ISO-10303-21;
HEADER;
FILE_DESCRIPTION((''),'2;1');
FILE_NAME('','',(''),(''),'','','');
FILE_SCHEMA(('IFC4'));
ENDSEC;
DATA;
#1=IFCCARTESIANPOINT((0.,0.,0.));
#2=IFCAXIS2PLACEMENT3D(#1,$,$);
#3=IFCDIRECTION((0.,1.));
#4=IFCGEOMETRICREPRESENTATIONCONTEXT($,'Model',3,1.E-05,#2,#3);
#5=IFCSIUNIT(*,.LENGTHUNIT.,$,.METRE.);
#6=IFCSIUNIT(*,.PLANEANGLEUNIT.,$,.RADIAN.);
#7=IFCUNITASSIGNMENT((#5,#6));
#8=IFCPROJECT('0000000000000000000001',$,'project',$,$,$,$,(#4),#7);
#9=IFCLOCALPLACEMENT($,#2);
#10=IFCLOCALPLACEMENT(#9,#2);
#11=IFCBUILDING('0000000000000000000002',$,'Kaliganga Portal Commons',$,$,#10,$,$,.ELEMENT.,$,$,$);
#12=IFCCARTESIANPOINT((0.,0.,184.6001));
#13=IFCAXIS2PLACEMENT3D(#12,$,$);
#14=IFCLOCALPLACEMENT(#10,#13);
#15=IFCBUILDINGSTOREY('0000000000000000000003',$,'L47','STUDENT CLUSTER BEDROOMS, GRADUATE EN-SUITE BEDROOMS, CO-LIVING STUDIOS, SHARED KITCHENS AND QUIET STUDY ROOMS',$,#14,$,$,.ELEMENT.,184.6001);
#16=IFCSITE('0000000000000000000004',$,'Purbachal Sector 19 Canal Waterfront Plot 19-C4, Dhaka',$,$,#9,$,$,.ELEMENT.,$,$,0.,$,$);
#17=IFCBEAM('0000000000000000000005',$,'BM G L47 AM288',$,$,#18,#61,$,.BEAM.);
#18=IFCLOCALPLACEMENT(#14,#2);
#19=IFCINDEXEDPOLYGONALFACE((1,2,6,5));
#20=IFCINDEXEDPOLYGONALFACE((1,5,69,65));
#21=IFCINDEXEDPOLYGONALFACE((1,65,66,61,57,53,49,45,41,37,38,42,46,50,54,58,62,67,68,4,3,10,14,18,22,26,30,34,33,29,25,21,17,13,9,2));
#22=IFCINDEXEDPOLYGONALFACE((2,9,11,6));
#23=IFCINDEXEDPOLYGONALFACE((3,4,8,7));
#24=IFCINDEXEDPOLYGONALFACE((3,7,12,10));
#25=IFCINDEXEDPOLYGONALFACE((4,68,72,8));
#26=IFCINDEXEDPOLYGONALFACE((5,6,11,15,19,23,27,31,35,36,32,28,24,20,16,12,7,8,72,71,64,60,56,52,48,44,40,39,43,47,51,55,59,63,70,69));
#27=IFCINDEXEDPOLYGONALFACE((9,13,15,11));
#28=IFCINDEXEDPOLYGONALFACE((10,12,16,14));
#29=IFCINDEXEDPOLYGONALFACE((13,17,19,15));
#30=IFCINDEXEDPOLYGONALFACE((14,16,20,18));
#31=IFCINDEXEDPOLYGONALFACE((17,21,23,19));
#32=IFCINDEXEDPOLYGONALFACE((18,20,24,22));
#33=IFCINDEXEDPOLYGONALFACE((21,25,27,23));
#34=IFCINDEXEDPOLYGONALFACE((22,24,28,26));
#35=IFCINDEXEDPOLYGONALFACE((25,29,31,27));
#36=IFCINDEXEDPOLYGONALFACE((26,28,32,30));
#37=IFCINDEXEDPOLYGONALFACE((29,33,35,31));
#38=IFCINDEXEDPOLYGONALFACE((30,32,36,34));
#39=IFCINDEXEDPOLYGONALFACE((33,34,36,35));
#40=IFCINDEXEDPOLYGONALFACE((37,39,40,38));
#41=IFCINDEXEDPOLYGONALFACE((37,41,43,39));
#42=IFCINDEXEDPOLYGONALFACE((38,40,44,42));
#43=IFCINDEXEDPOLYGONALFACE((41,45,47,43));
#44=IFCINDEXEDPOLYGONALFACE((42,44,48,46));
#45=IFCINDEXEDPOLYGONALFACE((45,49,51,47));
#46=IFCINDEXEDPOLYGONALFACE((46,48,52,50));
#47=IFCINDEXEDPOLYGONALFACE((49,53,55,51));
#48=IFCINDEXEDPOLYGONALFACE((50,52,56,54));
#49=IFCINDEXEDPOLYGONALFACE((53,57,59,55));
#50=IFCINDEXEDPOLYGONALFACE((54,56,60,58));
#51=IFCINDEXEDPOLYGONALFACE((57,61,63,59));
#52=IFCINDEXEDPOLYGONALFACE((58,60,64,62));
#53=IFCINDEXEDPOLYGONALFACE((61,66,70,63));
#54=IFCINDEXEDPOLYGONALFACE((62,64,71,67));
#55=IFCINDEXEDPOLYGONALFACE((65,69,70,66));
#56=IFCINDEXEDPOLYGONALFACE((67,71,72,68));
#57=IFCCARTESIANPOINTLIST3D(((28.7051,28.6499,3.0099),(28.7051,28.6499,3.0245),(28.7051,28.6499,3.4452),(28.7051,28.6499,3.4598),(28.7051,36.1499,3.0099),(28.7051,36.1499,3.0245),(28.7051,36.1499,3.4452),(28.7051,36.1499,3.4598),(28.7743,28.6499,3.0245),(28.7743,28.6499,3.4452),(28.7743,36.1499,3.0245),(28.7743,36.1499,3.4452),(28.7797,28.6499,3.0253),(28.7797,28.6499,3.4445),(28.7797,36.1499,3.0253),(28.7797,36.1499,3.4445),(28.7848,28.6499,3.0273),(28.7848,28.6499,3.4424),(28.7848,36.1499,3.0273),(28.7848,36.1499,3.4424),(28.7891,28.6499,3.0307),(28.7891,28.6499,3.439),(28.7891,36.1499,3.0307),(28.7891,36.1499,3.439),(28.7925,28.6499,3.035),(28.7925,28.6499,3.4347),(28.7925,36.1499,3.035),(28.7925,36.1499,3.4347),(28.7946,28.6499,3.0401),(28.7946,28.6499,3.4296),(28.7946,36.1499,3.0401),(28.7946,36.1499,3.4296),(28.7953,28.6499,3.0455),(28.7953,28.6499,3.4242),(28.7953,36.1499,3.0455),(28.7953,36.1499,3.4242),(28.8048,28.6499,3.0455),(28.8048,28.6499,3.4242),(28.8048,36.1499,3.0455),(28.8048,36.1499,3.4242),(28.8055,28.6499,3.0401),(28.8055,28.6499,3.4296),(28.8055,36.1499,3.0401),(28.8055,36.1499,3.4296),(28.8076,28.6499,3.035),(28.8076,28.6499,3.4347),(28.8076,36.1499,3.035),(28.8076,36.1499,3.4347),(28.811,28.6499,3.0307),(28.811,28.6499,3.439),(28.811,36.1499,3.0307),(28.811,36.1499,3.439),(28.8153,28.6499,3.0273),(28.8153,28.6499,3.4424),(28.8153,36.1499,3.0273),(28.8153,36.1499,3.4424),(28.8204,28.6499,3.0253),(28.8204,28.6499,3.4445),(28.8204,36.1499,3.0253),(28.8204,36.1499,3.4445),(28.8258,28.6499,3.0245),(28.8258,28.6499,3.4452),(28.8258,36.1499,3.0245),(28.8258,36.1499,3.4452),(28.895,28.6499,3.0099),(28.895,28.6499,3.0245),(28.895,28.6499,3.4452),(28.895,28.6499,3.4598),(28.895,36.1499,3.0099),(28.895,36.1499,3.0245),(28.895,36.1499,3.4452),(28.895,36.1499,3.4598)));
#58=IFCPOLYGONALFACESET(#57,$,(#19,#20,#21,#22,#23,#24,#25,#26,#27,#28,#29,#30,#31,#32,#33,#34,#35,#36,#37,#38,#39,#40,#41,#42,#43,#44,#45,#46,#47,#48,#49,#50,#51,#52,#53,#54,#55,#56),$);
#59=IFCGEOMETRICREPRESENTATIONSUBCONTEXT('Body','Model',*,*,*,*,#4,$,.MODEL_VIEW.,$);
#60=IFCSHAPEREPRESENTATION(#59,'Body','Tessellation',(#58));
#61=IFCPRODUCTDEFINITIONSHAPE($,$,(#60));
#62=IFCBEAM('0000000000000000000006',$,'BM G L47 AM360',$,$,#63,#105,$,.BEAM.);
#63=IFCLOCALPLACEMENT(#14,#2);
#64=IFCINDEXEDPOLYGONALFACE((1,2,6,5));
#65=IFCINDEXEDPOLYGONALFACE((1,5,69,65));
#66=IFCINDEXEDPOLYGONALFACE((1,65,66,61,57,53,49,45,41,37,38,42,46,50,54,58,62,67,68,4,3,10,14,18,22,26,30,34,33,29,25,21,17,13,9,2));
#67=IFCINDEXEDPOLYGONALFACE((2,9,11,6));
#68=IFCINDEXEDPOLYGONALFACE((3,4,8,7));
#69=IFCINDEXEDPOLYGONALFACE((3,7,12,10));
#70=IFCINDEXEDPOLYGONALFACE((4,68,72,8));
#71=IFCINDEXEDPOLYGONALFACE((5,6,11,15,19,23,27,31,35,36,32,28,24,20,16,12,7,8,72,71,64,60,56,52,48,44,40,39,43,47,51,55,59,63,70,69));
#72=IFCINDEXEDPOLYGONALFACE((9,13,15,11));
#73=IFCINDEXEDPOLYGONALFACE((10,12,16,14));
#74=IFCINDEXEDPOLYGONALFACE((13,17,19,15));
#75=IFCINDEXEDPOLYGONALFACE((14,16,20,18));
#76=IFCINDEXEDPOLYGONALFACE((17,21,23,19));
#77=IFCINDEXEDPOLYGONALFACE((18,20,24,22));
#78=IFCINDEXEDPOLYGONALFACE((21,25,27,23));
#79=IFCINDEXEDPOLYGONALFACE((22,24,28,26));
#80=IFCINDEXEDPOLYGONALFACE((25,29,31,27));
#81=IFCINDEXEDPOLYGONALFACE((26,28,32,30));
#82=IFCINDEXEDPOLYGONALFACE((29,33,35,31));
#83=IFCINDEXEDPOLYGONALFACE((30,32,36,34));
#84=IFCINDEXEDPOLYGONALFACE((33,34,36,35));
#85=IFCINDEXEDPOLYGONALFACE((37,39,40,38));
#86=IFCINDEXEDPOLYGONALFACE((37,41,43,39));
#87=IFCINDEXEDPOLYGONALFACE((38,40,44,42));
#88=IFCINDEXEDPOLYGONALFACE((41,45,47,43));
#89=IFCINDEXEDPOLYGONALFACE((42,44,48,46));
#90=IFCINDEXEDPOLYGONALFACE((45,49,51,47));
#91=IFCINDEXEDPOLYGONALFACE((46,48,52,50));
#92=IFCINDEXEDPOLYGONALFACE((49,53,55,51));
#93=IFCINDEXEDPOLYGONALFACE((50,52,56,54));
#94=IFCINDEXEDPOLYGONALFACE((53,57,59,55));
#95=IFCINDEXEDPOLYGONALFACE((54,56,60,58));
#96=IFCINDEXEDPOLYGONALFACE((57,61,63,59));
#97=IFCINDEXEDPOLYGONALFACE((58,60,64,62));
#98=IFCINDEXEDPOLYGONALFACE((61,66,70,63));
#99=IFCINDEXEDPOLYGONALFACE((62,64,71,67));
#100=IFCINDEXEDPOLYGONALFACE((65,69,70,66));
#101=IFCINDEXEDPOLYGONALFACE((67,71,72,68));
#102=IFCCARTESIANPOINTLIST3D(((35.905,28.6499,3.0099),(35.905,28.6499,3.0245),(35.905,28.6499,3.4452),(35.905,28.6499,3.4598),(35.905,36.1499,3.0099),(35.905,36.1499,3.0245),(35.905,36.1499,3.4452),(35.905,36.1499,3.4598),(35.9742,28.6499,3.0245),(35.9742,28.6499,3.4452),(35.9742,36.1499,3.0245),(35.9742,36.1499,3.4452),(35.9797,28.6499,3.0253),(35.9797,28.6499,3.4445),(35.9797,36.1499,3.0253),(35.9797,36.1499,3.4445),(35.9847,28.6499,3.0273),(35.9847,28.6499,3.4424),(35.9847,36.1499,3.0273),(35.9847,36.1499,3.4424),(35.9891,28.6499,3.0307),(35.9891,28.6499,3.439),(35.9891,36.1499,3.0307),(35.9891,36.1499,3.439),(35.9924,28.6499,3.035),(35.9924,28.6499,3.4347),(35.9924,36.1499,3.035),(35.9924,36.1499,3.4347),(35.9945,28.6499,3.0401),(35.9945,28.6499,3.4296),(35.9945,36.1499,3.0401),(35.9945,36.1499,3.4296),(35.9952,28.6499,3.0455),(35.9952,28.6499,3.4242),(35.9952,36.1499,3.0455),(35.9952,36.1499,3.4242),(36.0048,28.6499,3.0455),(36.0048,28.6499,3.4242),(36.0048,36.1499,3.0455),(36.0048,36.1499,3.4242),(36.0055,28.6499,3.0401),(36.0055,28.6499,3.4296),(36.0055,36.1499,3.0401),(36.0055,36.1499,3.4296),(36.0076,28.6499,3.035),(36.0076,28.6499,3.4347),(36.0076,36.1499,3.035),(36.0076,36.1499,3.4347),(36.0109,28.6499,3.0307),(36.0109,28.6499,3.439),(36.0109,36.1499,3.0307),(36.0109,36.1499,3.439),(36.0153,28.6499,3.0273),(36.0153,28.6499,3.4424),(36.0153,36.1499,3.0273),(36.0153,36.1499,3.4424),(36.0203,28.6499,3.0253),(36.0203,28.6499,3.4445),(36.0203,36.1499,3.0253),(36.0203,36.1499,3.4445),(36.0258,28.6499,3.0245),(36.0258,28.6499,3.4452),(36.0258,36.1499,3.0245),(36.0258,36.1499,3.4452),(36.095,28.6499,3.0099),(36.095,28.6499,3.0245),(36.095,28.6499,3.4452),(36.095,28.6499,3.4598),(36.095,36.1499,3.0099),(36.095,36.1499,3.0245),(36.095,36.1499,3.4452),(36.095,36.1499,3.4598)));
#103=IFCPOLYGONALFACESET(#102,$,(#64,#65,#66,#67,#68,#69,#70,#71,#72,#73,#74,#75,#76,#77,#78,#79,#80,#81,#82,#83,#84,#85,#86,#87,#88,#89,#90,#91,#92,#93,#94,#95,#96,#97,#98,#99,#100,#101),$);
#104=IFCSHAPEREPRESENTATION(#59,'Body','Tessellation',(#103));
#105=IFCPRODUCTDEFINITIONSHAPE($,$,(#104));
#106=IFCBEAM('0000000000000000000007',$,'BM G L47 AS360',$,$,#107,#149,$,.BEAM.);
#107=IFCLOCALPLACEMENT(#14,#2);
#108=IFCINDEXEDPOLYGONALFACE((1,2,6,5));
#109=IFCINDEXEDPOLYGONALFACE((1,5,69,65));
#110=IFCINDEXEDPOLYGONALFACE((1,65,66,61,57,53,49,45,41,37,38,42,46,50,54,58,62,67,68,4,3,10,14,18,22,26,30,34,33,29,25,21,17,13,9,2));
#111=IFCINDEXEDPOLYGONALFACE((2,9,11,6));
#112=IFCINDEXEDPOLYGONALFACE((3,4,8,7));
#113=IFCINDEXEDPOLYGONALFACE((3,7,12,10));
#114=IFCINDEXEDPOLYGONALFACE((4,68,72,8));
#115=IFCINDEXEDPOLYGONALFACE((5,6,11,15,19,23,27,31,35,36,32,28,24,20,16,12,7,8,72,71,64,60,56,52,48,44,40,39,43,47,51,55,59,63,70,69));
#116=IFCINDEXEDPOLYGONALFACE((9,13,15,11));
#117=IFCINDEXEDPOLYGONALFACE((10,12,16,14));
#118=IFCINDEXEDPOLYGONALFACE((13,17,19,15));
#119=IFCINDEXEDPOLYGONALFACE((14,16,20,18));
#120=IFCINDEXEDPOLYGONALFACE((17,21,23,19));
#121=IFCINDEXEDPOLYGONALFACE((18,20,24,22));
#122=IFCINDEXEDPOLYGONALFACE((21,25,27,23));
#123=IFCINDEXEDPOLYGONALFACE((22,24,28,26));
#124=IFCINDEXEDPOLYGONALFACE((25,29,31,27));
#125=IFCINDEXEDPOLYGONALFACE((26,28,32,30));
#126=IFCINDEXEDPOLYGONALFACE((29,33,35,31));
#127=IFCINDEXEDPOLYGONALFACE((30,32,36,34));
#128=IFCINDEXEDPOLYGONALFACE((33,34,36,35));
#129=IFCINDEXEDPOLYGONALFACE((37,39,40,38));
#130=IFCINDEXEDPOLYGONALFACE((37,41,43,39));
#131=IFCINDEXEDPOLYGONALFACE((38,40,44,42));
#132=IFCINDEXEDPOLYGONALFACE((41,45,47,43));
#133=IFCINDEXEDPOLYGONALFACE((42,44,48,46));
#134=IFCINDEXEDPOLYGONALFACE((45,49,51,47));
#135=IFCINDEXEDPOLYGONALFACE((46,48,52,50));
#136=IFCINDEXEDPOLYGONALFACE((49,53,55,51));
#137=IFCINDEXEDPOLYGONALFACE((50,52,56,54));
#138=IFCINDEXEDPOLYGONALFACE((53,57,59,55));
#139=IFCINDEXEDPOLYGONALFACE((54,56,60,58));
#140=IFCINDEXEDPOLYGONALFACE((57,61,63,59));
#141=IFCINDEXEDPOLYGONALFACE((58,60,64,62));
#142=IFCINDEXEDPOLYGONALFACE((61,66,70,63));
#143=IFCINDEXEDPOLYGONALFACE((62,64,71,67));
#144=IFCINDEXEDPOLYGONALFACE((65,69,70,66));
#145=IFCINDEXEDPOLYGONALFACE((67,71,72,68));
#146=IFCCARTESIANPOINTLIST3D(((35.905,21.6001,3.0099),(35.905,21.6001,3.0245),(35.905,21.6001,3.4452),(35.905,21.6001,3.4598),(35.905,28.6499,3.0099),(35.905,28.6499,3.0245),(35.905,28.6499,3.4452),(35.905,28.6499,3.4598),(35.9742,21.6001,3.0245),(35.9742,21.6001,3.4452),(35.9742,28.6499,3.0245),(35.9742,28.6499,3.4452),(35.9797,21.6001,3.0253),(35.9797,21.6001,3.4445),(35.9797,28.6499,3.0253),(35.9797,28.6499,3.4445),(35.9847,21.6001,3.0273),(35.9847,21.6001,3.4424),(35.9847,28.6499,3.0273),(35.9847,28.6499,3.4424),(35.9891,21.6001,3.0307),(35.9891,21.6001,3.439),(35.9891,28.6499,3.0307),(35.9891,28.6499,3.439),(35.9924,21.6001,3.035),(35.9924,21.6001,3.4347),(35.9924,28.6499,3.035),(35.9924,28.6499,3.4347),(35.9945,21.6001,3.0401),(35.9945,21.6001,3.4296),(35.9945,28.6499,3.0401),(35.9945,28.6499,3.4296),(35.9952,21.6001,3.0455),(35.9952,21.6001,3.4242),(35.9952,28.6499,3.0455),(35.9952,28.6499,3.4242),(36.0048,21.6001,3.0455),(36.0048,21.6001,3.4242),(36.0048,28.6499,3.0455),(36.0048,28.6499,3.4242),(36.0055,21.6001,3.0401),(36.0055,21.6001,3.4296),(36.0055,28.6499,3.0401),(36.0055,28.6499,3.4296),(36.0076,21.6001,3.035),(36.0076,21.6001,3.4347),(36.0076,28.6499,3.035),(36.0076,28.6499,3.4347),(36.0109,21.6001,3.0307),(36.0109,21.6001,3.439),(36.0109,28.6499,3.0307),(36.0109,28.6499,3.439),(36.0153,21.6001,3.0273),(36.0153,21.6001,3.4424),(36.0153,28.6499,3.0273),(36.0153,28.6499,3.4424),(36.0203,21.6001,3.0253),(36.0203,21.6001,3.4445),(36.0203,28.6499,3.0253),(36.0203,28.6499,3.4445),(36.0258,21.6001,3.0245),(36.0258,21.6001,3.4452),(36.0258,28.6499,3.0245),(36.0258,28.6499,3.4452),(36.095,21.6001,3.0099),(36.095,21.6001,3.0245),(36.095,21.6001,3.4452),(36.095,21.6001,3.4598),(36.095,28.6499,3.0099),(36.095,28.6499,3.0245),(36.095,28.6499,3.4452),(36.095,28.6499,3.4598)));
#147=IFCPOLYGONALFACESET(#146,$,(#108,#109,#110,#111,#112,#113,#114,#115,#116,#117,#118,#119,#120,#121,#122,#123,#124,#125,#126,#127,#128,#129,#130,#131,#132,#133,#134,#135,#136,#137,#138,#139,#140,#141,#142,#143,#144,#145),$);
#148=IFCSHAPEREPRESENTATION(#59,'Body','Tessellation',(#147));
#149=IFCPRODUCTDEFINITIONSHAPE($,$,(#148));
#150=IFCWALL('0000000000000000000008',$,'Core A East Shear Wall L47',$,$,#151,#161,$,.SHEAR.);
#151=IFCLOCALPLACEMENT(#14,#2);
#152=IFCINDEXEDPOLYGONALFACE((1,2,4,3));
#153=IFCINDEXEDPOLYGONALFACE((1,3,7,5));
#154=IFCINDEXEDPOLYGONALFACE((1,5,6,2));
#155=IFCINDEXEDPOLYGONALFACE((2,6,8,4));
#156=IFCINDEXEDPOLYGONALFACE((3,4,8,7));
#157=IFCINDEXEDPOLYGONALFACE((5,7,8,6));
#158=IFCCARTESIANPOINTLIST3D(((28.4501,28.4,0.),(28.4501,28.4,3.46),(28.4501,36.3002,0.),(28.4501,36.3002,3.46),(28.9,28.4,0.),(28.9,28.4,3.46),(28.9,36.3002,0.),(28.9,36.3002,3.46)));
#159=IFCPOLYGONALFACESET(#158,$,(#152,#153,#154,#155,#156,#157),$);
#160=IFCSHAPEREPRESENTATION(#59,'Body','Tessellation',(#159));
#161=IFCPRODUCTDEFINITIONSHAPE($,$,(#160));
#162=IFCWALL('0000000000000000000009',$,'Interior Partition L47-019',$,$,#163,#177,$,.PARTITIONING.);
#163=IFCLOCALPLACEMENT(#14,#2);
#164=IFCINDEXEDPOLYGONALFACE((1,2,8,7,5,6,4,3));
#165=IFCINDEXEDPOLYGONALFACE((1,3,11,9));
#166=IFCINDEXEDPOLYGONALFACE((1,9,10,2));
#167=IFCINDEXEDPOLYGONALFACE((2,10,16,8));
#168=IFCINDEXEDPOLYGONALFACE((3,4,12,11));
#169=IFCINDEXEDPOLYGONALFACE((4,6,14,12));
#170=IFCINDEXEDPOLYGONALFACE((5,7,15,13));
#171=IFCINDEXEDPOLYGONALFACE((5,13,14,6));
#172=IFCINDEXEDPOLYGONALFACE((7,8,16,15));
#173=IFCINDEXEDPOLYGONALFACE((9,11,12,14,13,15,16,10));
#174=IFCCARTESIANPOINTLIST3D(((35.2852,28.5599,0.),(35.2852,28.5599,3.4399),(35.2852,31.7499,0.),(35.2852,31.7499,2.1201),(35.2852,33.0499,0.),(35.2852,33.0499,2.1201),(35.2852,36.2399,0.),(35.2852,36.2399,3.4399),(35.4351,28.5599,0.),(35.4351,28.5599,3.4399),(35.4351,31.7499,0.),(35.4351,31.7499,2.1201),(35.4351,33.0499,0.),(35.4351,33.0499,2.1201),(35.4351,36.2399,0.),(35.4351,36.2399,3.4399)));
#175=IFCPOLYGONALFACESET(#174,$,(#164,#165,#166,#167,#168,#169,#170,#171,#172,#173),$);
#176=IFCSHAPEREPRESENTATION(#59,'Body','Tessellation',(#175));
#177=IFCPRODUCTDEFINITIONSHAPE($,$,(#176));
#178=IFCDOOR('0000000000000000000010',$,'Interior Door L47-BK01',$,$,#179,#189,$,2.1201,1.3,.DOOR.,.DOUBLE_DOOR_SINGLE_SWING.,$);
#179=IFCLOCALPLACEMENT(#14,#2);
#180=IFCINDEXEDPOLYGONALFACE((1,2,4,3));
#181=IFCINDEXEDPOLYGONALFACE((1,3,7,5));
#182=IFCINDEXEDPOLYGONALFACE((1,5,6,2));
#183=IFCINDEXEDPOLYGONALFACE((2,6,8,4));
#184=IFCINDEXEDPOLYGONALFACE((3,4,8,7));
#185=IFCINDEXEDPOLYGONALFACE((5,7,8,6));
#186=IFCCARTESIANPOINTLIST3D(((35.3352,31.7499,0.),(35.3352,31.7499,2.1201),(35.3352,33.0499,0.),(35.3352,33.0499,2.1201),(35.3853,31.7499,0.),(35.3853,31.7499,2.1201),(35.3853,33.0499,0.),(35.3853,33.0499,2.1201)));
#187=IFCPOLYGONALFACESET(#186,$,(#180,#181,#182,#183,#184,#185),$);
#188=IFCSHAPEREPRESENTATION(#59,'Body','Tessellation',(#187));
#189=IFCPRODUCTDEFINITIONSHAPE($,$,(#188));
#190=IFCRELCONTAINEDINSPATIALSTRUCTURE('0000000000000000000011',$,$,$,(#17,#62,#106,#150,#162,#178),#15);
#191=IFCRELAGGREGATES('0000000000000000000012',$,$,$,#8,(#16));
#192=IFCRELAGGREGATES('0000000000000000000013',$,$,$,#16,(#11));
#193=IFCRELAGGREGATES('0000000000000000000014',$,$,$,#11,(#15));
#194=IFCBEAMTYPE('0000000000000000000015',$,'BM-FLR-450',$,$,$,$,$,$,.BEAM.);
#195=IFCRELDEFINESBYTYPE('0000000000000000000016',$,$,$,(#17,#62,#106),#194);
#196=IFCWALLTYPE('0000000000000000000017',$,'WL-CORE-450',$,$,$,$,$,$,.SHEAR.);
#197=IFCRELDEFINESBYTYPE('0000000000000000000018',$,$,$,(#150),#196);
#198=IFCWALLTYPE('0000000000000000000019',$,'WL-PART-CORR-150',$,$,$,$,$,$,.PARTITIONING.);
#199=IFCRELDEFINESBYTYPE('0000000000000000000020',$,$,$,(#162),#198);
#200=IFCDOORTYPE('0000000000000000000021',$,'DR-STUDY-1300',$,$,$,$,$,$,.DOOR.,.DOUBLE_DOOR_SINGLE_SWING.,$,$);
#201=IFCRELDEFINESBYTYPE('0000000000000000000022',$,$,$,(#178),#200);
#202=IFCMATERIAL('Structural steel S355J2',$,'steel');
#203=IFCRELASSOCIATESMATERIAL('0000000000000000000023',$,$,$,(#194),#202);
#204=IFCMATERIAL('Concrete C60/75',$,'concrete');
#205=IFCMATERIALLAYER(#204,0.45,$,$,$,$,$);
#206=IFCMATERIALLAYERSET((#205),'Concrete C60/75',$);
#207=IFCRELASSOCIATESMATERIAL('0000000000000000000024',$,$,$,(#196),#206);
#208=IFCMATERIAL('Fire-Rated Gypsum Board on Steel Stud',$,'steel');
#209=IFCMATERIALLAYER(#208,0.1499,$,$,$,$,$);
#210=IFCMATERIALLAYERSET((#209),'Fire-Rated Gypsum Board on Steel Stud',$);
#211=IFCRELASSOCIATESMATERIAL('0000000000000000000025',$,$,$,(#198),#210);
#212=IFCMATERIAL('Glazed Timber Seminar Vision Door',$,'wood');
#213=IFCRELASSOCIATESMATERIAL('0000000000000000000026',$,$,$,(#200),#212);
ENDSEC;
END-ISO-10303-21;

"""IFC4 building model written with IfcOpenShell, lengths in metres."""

from ifc_helpers import new_model, si_unit, direction, frame, frame_2d, origin, origin_2d, place, context, subcontext, project, spatial, rectangle, i_section, extrude, source, transform, mapped, material, layer, layer_set, material_profile, profile_set, type_object, element, fill, save


model = new_model("IFC4")

# Units and contexts
model_context = context("Model", 3, precision=1e-05, world=origin(), true_north=direction((0.0, 1.0)))
body_context = subcontext(model_context, "Body", "Model", "MODEL_VIEW")
ifc_project = project(units=[si_unit("LENGTHUNIT", "METRE"), si_unit("PLANEANGLEUNIT", "RADIAN")], contexts=[model_context])

# Site, building, storey
site_placement = place(None, origin())
site = spatial("IfcSite", under=ifc_project, at=site_placement, Name="Purbachal Sector 19 Canal Waterfront Plot 19-C4, Dhaka", CompositionType="ELEMENT", RefElevation=0.0)
building_placement = place(site_placement, origin())
building = spatial("IfcBuilding", under=site, at=building_placement, Name="Kaliganga Portal Commons", CompositionType="ELEMENT")
storey_placement = place(building_placement, frame((0.0, 0.0, 184.6001)))
storey = spatial("IfcBuildingStorey", under=building, at=storey_placement, Name="L47", Description="STUDENT CLUSTER BEDROOMS, GRADUATE EN-SUITE BEDROOMS, CO-LIVING STUDIOS, SHARED KITCHENS AND QUIET STUDY ROOMS", CompositionType="ELEMENT", Elevation=184.6001)

# Shared definitions
ifc_material_1 = material(Name="Concrete C60/75", Category="concrete")

# Beams
ifc_material_2 = material(Name="Structural steel S355J2", Category="steel")
ifc_material_profile_1 = material_profile(ifc_material_2, i_section(OverallWidth=0.1899, OverallDepth=0.45, WebThickness=0.0095, FlangeThickness=0.0146, FilletRadius=0.021, at=origin_2d()), Name="IPE 450")
ifc_profile_set_1 = profile_set([ifc_material_profile_1], Name="Structural steel S355J2 wide-flange")
beam_type_1 = type_object("IfcBeamType", Name="BM-FLR-450", PredefinedType="BEAM", material=ifc_profile_set_1)
shared_shape_1 = source(origin(), body_context, "Body", "SweptSolid", [
    extrude(i_section(OverallWidth=0.1899, OverallDepth=0.45, WebThickness=0.0095, FlangeThickness=0.0146, FilletRadius=0.021, at=origin_2d()), origin(), (0.0, 0.0, 1.0), 7.5),
])
for number, where, z_axis, x_axis, name in (
    (1, (28.8, 28.6499, 3.2349), (0.0, 1.0, 0.0), (-1.0, 0.0, 0.0), "BM G L47 AM288"),
    (2, (36.0, 28.6499, 3.2349), (0.0, 1.0, 0.0), (-1.0, 0.0, 0.0), "BM G L47 AM360"),
):
    element("IfcBeam", number, at=place(storey_placement, frame(where, z_axis=z_axis, x_axis=x_axis)), inside=storey, type_object=beam_type_1, Name=name, PredefinedType="BEAM", context=body_context, shape_type="MappedRepresentation", body=[
        mapped(shared_shape_1, transform((0.0, 0.0, 0.0), x_axis=(1.0, 0.0, 0.0), y_axis=(0.0, 1.0, 0.0), z_axis=(0.0, 0.0, 1.0), scale=1.0)),
    ])
shared_shape_2 = source(origin(), body_context, "Body", "SweptSolid", [
    extrude(i_section(OverallWidth=0.1899, OverallDepth=0.45, WebThickness=0.0095, FlangeThickness=0.0146, FilletRadius=0.021, at=origin_2d()), origin(), (0.0, 0.0, 1.0), 7.0498),
])
beam_1_placement = place(storey_placement, frame((36.0, 21.6001, 3.2349), z_axis=(0.0, 1.0, 0.0), x_axis=(-1.0, 0.0, 0.0)))
element("IfcBeam", 3, at=beam_1_placement, inside=storey, type_object=beam_type_1, Name="BM G L47 AS360", PredefinedType="BEAM", context=body_context, shape_type="MappedRepresentation", body=[
    mapped(shared_shape_2, transform((0.0, 0.0, 0.0), x_axis=(1.0, 0.0, 0.0), y_axis=(0.0, 1.0, 0.0), z_axis=(0.0, 0.0, 1.0), scale=1.0)),
])

# Wall
ifc_layer_1 = layer(ifc_material_1, 0.45)
ifc_layer_set_1 = layer_set([ifc_layer_1], Name="Concrete C60/75")
wall_type_1 = type_object("IfcWallType", Name="WL-CORE-450", PredefinedType="SHEAR", material=ifc_layer_set_1)
wall_1_placement = place(storey_placement, frame((28.675, 28.3999, 0.0), z_axis=(0.0, 0.0, 1.0), x_axis=(0.0, 1.0, 0.0)))
element("IfcWall", 4, at=wall_1_placement, inside=storey, type_object=wall_type_1, Name="Core A East Shear Wall L47", PredefinedType="SHEAR", context=body_context, shape_type="SweptSolid", body=[
    extrude(rectangle(XDim=7.9001, YDim=0.45, at=frame_2d((3.9502, 0.0))), origin(), (0.0, 0.0, 1.0), 3.46),
])

# Wall, opening, door
ifc_material_3 = material(Name="Fire-Rated Gypsum Board on Steel Stud", Category="steel")
ifc_layer_2 = layer(ifc_material_3, 0.1499)
ifc_layer_set_2 = layer_set([ifc_layer_2], Name="Fire-Rated Gypsum Board on Steel Stud")
wall_type_2 = type_object("IfcWallType", Name="WL-PART-CORR-150", PredefinedType="PARTITIONING", material=ifc_layer_set_2)
wall_2_placement = place(storey_placement, frame((35.3601, 28.5601, 0.0), z_axis=(0.0, 0.0, 1.0), x_axis=(0.0, 1.0, 0.0)))
wall_2 = element("IfcWall", 5, at=wall_2_placement, inside=storey, type_object=wall_type_2, Name="Interior Partition L47-019", PredefinedType="PARTITIONING", context=body_context, shape_type="SweptSolid", body=[
    extrude(rectangle(XDim=7.6799, YDim=0.1499, at=frame_2d((3.8398, 0.0))), origin(), (0.0, 0.0, 1.0), 3.4399),
])
opening_1_placement = place(wall_2_placement, frame((3.1899, 0.0, 0.0)))
opening_1 = element("IfcOpeningElement", 6, at=opening_1_placement, cuts=wall_2, PredefinedType="OPENING", context=body_context, shape_type="SweptSolid", body=[
    extrude(rectangle(XDim=1.3, YDim=2.1201, at=frame_2d((0.6499, 1.0601))), frame((0.0, 0.085, 0.0), z_axis=(0.0, -1.0, 0.0), x_axis=(1.0, 0.0, 0.0)), (0.0, 0.0, 1.0), 0.1699),
])
ifc_material_4 = material(Name="Glazed Timber Seminar Vision Door", Category="wood")
door_type_1 = type_object("IfcDoorType", Name="DR-STUDY-1300", OperationType="DOUBLE_DOOR_SINGLE_SWING", PredefinedType="DOOR", material=ifc_material_4)
door_1_placement = place(opening_1_placement, origin())
door_1 = element("IfcDoor", 7, at=door_1_placement, inside=storey, type_object=door_type_1, Name="Interior Door L47-BK01", OperationType="DOUBLE_DOOR_SINGLE_SWING", OverallHeight=2.1201, OverallWidth=1.3, PredefinedType="DOOR", context=body_context, shape_type="SweptSolid", body=[
    extrude(rectangle(XDim=1.3, YDim=2.1201, at=frame_2d((0.6499, 1.0601))), frame((0.0, 0.0249, 0.0), z_axis=(0.0, -1.0, 0.0), x_axis=(1.0, 0.0, 0.0)), (0.0, 0.0, 1.0), 0.05),
])
fill(opening_1, door_1)

save(model, "model.ifc")
